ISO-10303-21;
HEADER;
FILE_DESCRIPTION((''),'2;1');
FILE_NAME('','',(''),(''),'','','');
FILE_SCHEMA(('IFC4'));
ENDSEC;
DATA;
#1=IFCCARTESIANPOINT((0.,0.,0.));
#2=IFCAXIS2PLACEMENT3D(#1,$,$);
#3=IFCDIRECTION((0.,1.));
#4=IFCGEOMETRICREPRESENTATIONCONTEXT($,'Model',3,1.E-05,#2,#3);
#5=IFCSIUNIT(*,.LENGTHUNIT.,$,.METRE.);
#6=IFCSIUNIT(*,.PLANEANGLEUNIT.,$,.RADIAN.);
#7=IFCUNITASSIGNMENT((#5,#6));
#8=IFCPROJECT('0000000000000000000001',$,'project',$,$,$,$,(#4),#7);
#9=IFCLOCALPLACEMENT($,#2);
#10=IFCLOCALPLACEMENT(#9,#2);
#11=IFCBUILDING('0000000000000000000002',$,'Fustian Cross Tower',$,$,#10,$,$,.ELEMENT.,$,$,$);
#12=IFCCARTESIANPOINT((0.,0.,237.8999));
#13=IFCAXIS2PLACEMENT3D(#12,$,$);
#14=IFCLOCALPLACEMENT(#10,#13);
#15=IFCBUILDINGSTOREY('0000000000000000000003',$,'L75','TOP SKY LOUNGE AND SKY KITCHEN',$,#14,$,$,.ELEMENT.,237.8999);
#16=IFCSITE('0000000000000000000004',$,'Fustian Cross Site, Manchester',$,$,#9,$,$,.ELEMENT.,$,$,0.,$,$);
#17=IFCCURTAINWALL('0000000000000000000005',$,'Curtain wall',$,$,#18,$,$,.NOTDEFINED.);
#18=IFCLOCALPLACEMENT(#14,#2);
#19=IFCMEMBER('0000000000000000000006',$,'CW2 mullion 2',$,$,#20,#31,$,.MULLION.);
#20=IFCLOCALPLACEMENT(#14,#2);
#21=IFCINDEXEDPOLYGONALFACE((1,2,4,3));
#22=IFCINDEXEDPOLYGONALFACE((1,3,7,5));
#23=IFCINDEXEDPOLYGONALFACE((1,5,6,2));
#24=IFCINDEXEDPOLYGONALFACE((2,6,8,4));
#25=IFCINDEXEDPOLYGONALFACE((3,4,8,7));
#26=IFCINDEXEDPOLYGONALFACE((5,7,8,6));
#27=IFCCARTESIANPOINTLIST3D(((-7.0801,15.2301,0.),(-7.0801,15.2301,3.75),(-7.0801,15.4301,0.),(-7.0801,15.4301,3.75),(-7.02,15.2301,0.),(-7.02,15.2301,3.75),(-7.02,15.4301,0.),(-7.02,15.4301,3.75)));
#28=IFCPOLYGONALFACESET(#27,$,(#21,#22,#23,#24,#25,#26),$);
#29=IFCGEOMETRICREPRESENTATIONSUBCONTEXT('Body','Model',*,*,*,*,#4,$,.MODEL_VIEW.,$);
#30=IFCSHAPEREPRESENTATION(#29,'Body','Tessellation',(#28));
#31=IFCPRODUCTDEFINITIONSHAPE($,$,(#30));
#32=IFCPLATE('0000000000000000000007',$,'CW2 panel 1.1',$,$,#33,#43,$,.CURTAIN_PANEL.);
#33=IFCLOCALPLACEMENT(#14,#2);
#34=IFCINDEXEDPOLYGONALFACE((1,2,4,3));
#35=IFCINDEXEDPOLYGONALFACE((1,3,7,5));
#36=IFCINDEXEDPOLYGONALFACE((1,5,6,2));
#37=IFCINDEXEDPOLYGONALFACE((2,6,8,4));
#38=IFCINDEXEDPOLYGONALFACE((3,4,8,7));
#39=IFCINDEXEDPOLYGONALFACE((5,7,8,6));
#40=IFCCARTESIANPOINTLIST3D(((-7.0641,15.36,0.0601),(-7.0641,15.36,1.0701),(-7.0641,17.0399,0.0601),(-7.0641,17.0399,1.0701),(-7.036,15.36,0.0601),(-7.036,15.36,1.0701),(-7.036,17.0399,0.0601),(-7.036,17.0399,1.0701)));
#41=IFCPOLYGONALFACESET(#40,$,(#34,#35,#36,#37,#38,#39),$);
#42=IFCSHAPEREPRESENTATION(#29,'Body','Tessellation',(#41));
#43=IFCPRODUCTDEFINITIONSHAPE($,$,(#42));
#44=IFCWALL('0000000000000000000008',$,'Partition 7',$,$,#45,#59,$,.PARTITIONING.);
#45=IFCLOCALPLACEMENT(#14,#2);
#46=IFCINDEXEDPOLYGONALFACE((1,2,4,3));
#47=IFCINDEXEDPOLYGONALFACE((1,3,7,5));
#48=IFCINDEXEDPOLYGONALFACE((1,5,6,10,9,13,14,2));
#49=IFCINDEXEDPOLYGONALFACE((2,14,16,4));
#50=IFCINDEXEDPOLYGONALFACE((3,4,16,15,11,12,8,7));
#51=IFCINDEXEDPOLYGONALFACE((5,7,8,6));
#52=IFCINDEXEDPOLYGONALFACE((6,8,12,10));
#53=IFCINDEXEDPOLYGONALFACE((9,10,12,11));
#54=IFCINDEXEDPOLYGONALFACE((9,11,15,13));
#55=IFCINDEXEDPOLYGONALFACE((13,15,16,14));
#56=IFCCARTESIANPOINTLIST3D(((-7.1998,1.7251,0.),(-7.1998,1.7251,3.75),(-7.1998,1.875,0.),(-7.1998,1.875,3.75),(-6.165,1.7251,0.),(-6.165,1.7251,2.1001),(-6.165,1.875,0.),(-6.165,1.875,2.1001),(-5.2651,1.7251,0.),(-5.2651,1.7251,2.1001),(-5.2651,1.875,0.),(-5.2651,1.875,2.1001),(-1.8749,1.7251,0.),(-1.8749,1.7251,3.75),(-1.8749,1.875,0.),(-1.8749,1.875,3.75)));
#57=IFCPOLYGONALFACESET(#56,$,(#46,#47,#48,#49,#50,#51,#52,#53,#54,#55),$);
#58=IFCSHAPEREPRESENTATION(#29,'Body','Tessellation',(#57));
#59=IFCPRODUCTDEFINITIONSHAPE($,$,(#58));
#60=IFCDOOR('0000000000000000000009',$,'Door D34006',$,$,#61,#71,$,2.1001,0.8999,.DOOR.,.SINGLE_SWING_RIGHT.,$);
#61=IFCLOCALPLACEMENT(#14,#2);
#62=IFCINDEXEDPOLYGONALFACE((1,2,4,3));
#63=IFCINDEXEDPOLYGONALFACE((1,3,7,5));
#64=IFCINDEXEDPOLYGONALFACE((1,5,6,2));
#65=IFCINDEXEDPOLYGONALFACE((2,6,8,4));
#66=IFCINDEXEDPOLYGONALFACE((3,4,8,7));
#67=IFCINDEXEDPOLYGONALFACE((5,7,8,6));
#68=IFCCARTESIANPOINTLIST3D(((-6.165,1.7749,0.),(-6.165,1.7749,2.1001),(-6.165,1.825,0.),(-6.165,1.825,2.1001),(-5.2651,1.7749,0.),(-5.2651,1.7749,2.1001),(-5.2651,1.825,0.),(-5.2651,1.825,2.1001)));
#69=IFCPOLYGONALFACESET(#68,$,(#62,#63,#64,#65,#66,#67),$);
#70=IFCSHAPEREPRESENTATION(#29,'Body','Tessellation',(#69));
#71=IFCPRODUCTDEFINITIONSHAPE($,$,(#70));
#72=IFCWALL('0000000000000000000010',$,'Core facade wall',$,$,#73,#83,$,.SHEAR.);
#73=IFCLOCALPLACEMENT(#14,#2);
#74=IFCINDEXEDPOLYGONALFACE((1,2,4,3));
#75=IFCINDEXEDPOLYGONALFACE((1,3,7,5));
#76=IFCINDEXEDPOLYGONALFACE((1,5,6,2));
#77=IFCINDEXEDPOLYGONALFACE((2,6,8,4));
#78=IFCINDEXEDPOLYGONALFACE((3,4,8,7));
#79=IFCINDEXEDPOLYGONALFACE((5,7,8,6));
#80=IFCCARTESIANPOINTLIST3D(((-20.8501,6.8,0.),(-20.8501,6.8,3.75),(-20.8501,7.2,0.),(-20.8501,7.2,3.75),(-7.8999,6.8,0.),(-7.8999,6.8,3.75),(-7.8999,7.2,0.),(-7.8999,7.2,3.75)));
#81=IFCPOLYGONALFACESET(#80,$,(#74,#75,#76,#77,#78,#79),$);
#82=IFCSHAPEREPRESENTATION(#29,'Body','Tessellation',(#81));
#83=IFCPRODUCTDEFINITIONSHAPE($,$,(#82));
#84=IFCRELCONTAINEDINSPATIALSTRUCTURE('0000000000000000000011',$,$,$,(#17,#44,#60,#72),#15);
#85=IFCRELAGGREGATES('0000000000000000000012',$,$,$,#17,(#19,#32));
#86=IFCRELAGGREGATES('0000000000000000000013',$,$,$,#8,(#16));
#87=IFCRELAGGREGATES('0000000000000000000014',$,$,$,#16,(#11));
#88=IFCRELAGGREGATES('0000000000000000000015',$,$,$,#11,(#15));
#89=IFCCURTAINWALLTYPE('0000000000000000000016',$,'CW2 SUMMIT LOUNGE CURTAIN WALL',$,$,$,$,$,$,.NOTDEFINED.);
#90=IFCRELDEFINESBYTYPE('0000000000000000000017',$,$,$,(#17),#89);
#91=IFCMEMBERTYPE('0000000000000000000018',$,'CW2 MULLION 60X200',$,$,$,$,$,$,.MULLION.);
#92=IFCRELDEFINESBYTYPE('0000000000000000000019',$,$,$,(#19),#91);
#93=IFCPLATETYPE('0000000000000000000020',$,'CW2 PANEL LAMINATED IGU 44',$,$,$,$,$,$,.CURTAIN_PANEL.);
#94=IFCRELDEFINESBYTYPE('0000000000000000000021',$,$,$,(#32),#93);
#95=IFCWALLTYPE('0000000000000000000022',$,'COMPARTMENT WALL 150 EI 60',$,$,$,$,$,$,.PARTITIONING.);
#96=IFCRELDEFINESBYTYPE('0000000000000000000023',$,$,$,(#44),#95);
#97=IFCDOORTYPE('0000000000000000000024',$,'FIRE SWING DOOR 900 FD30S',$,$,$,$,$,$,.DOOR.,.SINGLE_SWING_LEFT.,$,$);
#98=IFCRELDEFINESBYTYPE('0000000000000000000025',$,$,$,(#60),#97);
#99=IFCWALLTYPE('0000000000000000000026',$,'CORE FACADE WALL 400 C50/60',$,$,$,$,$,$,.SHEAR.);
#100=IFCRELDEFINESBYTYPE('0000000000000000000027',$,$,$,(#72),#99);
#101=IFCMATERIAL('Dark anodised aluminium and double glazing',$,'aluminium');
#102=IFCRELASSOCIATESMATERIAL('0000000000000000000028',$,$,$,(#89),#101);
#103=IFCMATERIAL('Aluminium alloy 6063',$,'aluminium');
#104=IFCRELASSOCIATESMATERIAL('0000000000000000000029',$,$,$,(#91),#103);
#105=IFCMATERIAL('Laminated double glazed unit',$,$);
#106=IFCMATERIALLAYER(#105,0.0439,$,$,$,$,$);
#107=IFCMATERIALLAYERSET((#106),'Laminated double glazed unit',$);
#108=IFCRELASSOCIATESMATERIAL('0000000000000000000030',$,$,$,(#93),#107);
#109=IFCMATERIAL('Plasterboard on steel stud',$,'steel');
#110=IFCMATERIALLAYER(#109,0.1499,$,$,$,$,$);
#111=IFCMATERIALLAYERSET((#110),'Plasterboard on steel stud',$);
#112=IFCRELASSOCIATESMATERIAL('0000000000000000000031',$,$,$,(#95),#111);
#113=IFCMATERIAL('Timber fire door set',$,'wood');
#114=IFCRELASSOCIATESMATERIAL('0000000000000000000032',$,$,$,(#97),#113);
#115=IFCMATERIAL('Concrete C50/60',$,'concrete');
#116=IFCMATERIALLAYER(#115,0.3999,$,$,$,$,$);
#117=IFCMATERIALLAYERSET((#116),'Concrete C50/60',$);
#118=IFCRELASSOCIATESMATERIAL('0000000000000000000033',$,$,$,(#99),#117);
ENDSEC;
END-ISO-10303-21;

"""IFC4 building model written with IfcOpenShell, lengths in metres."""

from ifc_helpers import new_model, si_unit, direction, frame, frame_2d, origin, origin_2d, place, context, subcontext, project, spatial, rectangle, extrude, material, layer, layer_set, material_profile, profile_set, type_object, element, fill, aggregate, save


model = new_model("IFC4")

# Units and contexts
model_context = context("Model", 3, precision=1e-05, world=origin(), true_north=direction((0.0, 1.0)))
body_context = subcontext(model_context, "Body", "Model", "MODEL_VIEW")
ifc_project = project(units=[si_unit("LENGTHUNIT", "METRE"), si_unit("PLANEANGLEUNIT", "RADIAN")], contexts=[model_context])

# Site, building, storey
site_placement = place(None, origin())
site = spatial("IfcSite", under=ifc_project, at=site_placement, Name="Fustian Cross Site, Manchester", CompositionType="ELEMENT", RefElevation=0.0)
building_placement = place(site_placement, origin())
building = spatial("IfcBuilding", under=site, at=building_placement, Name="Fustian Cross Tower", CompositionType="ELEMENT")
storey_placement = place(building_placement, frame((0.0, 0.0, 237.8999)))
storey = spatial("IfcBuildingStorey", under=building, at=storey_placement, Name="L75", Description="TOP SKY LOUNGE AND SKY KITCHEN", CompositionType="ELEMENT", Elevation=237.8999)

# Curtain wall, member, plate
ifc_material_1 = material(Name="Dark anodised aluminium and double glazing", Category="aluminium")
curtain_wall_type = type_object("IfcCurtainWallType", Name="CW2 SUMMIT LOUNGE CURTAIN WALL", PredefinedType="NOTDEFINED", material=ifc_material_1)
curtain_wall_placement = place(storey_placement, origin())
curtain_wall = element("IfcCurtainWall", 1, at=curtain_wall_placement, inside=storey, type_object=curtain_wall_type, Name="Curtain wall", PredefinedType="NOTDEFINED")
ifc_material_2 = material(Name="Aluminium alloy 6063", Category="aluminium")
ifc_material_profile = material_profile(ifc_material_2, rectangle(XDim=0.0601, YDim=0.2, at=origin_2d()), Name="CW2 MULLION 60X200")
ifc_profile_set = profile_set([ifc_material_profile], Name="Aluminium alloy 6063")
member_type = type_object("IfcMemberType", Name="CW2 MULLION 60X200", PredefinedType="MULLION", material=ifc_profile_set)
member_placement = place(storey_placement, frame((-7.05, 15.3301, 0.0), z_axis=(0.0, 0.0, 1.0), x_axis=(1.0, 0.0, 0.0)))
member = element("IfcMember", 2, at=member_placement, type_object=member_type, Name="CW2 mullion 2", PredefinedType="MULLION", context=body_context, shape_type="SweptSolid", body=[
    extrude(rectangle(XDim=0.0601, YDim=0.2, at=origin_2d()), origin(), (0.0, 0.0, 1.0), 3.75),
])
ifc_material_3 = material(Name="Laminated double glazed unit")
ifc_layer_1 = layer(ifc_material_3, 0.0439)
ifc_layer_set_1 = layer_set([ifc_layer_1], Name="Laminated double glazed unit")
plate_type = type_object("IfcPlateType", Name="CW2 PANEL LAMINATED IGU 44", PredefinedType="CURTAIN_PANEL", material=ifc_layer_set_1)
plate_placement = place(storey_placement, frame((-7.05, 16.2, 0.0601), z_axis=(0.0, 0.0, 1.0), x_axis=(0.0, -1.0, 0.0)))
plate = element("IfcPlate", 3, at=plate_placement, type_object=plate_type, Name="CW2 panel 1.1", PredefinedType="CURTAIN_PANEL", context=body_context, shape_type="SweptSolid", body=[
    extrude(rectangle(XDim=1.6799, YDim=0.0281, at=origin_2d()), origin(), (0.0, 0.0, 1.0), 1.01),
])
aggregate(curtain_wall, [member, plate])

# Wall, opening, door
ifc_material_4 = material(Name="Plasterboard on steel stud", Category="steel")
ifc_layer_2 = layer(ifc_material_4, 0.1499)
ifc_layer_set_2 = layer_set([ifc_layer_2], Name="Plasterboard on steel stud")
wall_type_1 = type_object("IfcWallType", Name="COMPARTMENT WALL 150 EI 60", PredefinedType="PARTITIONING", material=ifc_layer_set_2)
wall_1_placement = place(storey_placement, frame((-7.2, 1.8, 0.0), z_axis=(0.0, 0.0, 1.0), x_axis=(1.0, 0.0, 0.0)))
wall_1 = element("IfcWall", 4, at=wall_1_placement, inside=storey, type_object=wall_type_1, Name="Partition 7", PredefinedType="PARTITIONING", context=body_context, shape_type="SweptSolid", body=[
    extrude(rectangle(XDim=5.325, YDim=0.1499, at=frame_2d((2.6626, 0.0))), origin(), (0.0, 0.0, 1.0), 3.75),
])
opening_1_placement = place(wall_1_placement, frame((1.0349, 0.0, 0.0)))
opening_1 = element("IfcOpeningElement", 5, at=opening_1_placement, cuts=wall_1, PredefinedType="OPENING", context=body_context, shape_type="SweptSolid", body=[
    extrude(rectangle(XDim=0.8999, YDim=2.1001, at=frame_2d((0.45, 1.05))), frame((0.0, 0.085, 0.0), z_axis=(0.0, -1.0, 0.0), x_axis=(1.0, 0.0, 0.0)), (0.0, 0.0, 1.0), 0.1699),
])
ifc_material_5 = material(Name="Timber fire door set", Category="wood")
door_type_1 = type_object("IfcDoorType", Name="FIRE SWING DOOR 900 FD30S", OperationType="SINGLE_SWING_LEFT", PredefinedType="DOOR", material=ifc_material_5)
door_1_placement = place(opening_1_placement, origin())
door_1 = element("IfcDoor", 6, at=door_1_placement, inside=storey, type_object=door_type_1, Name="Door D34006", OperationType="SINGLE_SWING_RIGHT", OverallHeight=2.1001, OverallWidth=0.8999, PredefinedType="DOOR", context=body_context, shape_type="SweptSolid", body=[
    extrude(rectangle(XDim=0.8999, YDim=2.1001, at=frame_2d((0.45, 1.05))), frame((0.0, 0.0249, 0.0), z_axis=(0.0, -1.0, 0.0), x_axis=(1.0, 0.0, 0.0)), (0.0, 0.0, 1.0), 0.05),
])
fill(opening_1, door_1)

# Wall
ifc_material_6 = material(Name="Concrete C50/60", Category="concrete")
ifc_layer_3 = layer(ifc_material_6, 0.3999)
ifc_layer_set_3 = layer_set([ifc_layer_3], Name="Concrete C50/60")
wall_type_2 = type_object("IfcWallType", Name="CORE FACADE WALL 400 C50/60", PredefinedType="SHEAR", material=ifc_layer_set_3)
wall_2_placement = place(storey_placement, frame((-7.8999, 7.0, 0.0), z_axis=(0.0, 0.0, 1.0), x_axis=(-1.0, 0.0, 0.0)))
element("IfcWall", 7, at=wall_2_placement, inside=storey, type_object=wall_type_2, Name="Core facade wall", PredefinedType="SHEAR", context=body_context, shape_type="SweptSolid", body=[
    extrude(rectangle(XDim=12.9502, YDim=0.3999, at=frame_2d((6.4751, 0.0))), origin(), (0.0, 0.0, 1.0), 3.75),
])

save(model, "model.ifc")
